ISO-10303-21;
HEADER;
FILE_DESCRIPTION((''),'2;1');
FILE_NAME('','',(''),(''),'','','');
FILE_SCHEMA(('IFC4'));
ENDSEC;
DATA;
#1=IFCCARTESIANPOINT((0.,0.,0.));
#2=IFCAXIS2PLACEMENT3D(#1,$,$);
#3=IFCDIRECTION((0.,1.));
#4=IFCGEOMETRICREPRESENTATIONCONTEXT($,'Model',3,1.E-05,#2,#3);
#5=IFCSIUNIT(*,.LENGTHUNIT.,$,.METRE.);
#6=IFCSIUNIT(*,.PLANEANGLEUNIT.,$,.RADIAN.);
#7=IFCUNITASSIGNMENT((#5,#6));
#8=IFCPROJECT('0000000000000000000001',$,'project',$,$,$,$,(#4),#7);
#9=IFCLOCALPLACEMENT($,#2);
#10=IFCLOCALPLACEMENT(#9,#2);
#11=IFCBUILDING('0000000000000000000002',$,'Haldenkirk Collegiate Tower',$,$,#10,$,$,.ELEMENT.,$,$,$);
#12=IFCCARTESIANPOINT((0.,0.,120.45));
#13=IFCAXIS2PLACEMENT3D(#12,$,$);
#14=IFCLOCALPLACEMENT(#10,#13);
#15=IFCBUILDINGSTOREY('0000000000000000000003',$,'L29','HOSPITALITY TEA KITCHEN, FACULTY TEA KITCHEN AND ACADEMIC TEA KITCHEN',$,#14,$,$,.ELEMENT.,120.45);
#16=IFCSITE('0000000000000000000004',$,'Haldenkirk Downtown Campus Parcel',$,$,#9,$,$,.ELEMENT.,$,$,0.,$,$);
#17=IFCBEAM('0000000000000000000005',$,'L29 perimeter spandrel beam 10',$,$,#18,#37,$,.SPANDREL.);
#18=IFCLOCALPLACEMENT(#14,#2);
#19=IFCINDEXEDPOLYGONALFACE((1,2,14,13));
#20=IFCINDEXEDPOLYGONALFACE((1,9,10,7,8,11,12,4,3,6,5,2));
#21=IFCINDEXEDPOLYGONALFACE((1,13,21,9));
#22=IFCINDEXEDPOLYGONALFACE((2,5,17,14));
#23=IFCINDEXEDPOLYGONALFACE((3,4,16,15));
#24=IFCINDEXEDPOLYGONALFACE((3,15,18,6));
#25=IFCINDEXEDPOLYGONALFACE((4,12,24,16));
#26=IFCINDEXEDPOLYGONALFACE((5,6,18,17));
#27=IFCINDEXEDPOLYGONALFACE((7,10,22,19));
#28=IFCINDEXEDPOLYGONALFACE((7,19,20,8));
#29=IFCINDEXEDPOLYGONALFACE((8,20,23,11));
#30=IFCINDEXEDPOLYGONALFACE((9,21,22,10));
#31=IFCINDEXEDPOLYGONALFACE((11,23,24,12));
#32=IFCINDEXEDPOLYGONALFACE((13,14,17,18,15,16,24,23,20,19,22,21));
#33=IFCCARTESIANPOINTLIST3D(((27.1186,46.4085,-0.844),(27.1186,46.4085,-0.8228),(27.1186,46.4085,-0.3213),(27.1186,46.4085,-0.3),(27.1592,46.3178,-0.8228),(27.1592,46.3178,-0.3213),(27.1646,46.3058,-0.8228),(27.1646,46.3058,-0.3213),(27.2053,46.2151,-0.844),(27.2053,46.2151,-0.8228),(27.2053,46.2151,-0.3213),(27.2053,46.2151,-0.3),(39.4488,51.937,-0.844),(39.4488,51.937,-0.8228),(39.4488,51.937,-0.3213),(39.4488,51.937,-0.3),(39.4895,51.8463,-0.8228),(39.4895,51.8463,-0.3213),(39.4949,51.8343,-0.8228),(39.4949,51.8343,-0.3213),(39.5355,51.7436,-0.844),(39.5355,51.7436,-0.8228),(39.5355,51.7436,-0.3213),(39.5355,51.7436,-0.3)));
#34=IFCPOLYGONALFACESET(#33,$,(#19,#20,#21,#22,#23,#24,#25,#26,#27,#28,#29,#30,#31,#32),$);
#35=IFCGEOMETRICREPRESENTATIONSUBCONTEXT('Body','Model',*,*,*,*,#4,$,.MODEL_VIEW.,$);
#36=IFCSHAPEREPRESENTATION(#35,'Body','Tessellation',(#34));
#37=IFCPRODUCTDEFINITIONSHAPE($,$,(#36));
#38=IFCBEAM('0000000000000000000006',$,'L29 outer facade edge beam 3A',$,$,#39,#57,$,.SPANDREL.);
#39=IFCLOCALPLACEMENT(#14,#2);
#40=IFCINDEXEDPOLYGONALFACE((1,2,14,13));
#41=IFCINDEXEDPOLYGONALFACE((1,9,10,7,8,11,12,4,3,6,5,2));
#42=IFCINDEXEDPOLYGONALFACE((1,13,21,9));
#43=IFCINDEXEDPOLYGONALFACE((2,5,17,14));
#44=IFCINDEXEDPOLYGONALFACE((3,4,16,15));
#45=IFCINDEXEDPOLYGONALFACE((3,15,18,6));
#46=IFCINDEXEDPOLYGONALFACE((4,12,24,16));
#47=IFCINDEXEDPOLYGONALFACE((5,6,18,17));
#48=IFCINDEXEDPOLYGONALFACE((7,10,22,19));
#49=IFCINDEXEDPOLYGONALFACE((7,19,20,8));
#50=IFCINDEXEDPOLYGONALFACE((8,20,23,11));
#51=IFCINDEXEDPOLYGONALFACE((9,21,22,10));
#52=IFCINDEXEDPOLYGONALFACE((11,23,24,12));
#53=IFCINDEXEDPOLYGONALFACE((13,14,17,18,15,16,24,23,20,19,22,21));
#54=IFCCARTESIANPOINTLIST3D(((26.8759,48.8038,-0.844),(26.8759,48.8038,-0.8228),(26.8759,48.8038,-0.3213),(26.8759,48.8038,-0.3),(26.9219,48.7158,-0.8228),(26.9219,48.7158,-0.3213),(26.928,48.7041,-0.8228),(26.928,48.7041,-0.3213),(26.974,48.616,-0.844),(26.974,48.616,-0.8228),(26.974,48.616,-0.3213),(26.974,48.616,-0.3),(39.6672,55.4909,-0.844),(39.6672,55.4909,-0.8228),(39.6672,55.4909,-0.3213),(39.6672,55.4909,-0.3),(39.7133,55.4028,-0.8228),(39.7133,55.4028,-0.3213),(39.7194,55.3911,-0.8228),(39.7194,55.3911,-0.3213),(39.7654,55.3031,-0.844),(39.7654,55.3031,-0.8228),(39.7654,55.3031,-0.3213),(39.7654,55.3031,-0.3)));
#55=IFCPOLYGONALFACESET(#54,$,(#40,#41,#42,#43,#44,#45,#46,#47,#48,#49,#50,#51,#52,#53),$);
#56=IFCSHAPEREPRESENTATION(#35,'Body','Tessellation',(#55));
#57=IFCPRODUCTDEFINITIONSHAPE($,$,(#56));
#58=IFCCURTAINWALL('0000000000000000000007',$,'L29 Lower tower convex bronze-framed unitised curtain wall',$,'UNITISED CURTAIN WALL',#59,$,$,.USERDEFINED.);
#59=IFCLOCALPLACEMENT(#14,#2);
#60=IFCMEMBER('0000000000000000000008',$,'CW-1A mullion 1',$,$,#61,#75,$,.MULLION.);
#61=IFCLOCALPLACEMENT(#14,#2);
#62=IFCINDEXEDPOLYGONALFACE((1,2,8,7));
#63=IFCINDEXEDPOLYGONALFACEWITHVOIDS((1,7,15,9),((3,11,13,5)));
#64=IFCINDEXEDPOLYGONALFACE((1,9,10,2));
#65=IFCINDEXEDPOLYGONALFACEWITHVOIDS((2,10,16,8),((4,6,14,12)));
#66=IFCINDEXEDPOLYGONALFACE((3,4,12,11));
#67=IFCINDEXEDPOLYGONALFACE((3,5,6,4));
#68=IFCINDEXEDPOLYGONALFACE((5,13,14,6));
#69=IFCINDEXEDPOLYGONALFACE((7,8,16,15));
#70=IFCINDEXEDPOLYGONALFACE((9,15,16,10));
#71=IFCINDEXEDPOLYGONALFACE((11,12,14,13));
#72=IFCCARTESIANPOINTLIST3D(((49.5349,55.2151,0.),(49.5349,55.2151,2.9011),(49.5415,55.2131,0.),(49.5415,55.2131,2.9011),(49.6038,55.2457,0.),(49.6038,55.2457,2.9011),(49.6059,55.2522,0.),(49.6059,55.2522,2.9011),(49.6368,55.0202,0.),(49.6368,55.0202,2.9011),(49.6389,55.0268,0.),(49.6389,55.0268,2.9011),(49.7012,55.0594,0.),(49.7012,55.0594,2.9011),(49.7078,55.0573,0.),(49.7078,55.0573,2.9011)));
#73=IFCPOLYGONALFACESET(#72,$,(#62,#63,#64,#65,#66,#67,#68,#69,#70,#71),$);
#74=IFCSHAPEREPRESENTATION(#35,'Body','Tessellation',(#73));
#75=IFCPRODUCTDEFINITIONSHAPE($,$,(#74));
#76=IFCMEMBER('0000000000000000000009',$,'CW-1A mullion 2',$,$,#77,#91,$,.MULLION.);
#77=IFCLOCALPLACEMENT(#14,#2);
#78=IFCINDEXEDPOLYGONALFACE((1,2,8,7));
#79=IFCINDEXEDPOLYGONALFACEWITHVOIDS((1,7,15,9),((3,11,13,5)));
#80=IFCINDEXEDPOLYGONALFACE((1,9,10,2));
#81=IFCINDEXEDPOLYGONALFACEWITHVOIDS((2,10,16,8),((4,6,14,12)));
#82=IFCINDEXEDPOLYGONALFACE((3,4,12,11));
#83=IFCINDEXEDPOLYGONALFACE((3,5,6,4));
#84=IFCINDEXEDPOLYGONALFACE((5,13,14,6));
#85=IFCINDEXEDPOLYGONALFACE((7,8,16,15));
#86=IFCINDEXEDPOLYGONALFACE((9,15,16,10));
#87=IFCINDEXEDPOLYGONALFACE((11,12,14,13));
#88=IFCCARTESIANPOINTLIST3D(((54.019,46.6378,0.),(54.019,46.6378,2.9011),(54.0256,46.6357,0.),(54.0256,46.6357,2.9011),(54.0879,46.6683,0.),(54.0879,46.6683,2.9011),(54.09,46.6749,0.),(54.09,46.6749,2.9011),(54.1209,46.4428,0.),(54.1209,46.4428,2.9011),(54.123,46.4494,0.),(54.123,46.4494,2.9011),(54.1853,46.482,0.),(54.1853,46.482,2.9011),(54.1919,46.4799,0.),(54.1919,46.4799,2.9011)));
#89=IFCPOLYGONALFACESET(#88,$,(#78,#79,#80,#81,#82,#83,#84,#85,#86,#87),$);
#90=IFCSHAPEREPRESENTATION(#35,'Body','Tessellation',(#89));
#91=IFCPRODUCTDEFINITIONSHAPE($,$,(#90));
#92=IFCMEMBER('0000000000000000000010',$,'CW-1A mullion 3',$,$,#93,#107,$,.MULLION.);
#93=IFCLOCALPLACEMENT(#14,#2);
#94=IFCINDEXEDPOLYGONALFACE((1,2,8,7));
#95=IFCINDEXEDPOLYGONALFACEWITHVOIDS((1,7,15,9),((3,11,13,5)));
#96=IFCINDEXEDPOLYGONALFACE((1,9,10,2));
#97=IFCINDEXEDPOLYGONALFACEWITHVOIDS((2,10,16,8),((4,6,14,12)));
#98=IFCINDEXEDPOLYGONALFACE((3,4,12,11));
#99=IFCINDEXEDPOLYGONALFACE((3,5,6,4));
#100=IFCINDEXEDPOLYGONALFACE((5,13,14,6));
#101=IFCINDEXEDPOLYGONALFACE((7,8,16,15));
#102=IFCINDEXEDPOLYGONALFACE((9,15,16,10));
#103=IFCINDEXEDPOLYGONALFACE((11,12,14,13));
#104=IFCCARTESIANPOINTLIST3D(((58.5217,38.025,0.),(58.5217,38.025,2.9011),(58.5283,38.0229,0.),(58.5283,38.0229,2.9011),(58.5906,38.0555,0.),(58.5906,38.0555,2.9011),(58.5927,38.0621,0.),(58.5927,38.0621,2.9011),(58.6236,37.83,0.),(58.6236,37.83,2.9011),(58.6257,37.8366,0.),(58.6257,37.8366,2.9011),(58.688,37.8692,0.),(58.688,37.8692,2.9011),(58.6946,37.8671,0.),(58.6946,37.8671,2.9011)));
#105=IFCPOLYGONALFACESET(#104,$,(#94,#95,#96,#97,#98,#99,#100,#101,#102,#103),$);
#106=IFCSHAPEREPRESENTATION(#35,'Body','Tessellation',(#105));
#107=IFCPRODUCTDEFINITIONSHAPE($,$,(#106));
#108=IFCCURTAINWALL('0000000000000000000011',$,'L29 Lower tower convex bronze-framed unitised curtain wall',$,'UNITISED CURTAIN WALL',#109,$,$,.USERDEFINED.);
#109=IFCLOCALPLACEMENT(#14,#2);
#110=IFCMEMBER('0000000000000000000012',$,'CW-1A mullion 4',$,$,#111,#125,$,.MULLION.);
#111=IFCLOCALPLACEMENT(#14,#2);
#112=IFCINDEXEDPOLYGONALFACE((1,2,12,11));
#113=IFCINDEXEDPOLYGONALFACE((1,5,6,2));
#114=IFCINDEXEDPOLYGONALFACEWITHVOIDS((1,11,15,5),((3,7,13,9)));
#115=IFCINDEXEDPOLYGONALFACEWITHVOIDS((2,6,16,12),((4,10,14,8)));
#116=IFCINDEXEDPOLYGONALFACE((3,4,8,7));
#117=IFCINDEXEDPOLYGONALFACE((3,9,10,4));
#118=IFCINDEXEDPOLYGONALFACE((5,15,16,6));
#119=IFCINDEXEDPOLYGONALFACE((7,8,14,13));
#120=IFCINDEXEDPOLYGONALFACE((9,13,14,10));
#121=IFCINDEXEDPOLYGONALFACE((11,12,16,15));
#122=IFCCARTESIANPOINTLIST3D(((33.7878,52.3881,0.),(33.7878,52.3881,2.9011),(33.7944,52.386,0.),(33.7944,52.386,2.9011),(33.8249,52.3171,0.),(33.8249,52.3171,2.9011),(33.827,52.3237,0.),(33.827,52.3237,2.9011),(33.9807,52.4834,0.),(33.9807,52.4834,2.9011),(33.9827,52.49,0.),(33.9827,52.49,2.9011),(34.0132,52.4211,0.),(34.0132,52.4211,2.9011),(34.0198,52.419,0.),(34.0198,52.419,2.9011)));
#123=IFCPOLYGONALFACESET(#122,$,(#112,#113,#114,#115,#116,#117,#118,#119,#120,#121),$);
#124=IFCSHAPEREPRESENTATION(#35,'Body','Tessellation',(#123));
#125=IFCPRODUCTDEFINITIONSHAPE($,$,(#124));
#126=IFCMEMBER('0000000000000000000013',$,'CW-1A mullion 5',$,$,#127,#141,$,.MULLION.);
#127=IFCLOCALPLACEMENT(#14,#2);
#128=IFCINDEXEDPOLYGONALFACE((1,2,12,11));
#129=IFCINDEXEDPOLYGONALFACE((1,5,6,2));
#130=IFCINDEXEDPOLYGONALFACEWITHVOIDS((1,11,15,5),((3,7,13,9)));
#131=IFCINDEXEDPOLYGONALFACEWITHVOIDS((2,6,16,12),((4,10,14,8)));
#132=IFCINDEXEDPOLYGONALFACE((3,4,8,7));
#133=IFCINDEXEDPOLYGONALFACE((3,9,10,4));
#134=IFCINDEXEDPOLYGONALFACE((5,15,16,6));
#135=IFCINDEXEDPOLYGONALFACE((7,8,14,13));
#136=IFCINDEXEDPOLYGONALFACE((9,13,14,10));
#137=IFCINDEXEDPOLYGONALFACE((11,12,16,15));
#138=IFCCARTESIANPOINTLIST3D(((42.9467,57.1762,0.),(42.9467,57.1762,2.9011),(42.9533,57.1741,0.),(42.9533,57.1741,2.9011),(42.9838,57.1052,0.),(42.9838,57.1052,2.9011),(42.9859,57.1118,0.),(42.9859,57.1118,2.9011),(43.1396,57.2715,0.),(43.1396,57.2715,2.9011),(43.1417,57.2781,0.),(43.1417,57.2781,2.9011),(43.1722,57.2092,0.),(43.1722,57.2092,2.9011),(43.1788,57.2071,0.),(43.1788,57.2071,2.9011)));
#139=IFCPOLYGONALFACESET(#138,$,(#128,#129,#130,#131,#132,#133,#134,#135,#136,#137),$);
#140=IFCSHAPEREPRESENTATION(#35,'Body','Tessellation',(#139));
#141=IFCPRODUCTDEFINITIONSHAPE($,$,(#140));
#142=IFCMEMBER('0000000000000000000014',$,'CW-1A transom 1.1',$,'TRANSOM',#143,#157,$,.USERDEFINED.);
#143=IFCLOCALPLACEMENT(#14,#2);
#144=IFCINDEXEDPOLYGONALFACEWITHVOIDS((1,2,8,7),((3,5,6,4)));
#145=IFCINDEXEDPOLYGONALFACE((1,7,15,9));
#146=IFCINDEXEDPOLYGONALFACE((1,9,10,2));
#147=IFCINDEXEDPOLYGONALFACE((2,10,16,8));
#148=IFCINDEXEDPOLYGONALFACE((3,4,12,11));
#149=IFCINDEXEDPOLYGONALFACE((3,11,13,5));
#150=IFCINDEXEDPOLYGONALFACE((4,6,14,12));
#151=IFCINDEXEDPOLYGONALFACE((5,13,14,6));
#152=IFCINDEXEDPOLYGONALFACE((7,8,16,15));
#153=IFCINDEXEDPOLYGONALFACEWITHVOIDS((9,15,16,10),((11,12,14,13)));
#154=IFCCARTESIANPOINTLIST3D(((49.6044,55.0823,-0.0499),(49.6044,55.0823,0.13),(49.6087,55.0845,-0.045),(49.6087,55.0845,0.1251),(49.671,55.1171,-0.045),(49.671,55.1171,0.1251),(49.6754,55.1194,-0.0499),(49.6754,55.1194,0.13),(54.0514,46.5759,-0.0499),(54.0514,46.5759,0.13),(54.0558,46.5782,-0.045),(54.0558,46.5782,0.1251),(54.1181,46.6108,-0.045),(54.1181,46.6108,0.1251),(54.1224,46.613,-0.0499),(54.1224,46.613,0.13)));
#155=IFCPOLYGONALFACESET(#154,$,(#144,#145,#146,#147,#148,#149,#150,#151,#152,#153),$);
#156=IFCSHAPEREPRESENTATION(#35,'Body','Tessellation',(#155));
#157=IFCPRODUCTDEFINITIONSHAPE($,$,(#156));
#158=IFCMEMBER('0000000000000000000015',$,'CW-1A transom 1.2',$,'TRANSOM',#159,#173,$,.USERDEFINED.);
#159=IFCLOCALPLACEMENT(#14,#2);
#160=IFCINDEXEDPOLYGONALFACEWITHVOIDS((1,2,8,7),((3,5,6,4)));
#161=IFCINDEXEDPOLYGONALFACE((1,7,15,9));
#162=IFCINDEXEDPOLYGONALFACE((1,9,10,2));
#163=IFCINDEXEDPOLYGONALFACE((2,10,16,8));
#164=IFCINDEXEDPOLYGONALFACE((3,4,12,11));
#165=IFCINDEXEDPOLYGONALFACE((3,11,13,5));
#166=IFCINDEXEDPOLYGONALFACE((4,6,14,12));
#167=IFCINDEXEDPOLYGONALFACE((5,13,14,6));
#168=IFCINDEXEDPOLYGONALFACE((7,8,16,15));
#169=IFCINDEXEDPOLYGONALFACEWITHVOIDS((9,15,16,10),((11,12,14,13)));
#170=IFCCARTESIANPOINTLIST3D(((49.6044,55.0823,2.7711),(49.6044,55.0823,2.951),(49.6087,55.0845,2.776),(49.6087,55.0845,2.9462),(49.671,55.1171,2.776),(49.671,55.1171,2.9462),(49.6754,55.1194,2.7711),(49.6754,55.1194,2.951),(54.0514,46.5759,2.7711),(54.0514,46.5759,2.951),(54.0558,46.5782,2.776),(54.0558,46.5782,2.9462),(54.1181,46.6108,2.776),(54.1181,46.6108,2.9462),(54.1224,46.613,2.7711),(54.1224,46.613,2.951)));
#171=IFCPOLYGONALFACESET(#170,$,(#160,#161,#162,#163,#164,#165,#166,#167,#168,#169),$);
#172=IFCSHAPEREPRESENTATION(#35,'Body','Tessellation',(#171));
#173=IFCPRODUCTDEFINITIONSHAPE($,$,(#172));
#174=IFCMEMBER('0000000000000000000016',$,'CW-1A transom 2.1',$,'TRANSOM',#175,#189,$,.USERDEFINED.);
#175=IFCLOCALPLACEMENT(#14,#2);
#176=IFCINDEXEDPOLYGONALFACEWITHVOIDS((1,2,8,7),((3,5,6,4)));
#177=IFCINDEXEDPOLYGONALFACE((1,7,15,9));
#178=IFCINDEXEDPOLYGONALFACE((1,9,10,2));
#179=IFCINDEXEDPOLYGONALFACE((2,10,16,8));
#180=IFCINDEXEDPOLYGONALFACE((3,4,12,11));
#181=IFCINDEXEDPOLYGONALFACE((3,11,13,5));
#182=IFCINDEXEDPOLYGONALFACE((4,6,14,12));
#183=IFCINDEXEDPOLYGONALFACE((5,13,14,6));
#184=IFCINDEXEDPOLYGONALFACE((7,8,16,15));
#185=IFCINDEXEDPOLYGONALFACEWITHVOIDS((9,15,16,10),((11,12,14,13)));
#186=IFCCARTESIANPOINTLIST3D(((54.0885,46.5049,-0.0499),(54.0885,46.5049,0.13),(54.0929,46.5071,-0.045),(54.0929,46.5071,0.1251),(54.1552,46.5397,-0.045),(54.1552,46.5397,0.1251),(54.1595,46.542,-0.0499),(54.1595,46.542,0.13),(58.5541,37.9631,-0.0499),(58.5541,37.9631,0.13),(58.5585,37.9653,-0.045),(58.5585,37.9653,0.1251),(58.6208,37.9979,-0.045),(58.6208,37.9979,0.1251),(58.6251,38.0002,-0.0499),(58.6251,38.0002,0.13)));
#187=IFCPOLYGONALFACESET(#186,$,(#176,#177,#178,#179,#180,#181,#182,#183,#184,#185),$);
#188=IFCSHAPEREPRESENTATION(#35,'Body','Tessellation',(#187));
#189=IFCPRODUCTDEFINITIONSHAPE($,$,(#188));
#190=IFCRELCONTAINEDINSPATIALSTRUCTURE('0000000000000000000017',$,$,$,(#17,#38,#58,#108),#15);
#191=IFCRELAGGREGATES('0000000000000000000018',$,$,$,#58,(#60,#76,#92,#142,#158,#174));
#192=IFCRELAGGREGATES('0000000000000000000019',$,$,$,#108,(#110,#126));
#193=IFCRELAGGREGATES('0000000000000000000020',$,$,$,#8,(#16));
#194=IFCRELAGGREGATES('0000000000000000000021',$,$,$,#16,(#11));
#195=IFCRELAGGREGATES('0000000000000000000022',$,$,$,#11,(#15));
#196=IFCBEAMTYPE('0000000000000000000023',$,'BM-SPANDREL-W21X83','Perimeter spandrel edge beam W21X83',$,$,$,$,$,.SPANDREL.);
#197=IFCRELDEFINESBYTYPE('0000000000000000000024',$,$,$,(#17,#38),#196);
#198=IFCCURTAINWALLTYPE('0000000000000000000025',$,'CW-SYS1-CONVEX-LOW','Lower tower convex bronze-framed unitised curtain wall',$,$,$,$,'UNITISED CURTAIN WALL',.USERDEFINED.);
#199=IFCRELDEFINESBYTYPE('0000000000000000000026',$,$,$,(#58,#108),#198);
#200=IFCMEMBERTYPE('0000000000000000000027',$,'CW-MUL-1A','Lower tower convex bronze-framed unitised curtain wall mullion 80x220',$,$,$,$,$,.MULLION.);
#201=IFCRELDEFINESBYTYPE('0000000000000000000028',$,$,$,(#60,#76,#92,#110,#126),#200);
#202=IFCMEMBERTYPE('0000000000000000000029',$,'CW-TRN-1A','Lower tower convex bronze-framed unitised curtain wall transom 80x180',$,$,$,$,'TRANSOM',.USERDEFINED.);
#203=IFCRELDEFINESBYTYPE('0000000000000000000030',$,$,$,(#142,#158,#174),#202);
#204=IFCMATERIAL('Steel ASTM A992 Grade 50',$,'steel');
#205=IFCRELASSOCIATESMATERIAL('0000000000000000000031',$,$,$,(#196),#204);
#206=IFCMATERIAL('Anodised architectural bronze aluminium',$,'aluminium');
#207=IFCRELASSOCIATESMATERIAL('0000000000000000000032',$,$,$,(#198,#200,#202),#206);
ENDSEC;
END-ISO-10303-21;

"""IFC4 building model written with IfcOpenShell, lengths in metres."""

from ifc_helpers import new_model, si_unit, direction, frame, origin, origin_2d, place, context, subcontext, project, spatial, hollow_rectangle, i_section, extrude, material, material_profile, profile_set, type_object, element, aggregate, save


model = new_model("IFC4")

# Units and contexts
model_context = context("Model", 3, precision=1e-05, world=origin(), true_north=direction((0.0, 1.0)))
body_context = subcontext(model_context, "Body", "Model", "MODEL_VIEW")
ifc_project = project(units=[si_unit("LENGTHUNIT", "METRE"), si_unit("PLANEANGLEUNIT", "RADIAN")], contexts=[model_context])

# Site, building, storey
site_placement = place(None, origin())
site = spatial("IfcSite", under=ifc_project, at=site_placement, Name="Haldenkirk Downtown Campus Parcel", CompositionType="ELEMENT", RefElevation=0.0)
building_placement = place(site_placement, origin())
building = spatial("IfcBuilding", under=site, at=building_placement, Name="Haldenkirk Collegiate Tower", CompositionType="ELEMENT")
storey_placement = place(building_placement, frame((0.0, 0.0, 120.45)))
storey = spatial("IfcBuildingStorey", under=building, at=storey_placement, Name="L29", Description="HOSPITALITY TEA KITCHEN, FACULTY TEA KITCHEN AND ACADEMIC TEA KITCHEN", CompositionType="ELEMENT", Elevation=120.45)

# Beams
ifc_material_1 = material(Name="Steel ASTM A992 Grade 50", Category="steel")
ifc_material_profile_1 = material_profile(ifc_material_1, i_section(OverallWidth=0.2119, OverallDepth=0.5439, WebThickness=0.0132, FlangeThickness=0.0212, at=origin_2d()), Name="W21X83")
ifc_profile_set_1 = profile_set([ifc_material_profile_1], Name="Steel ASTM A992 Grade 50")
beam_type_1 = type_object("IfcBeamType", Name="BM-SPANDREL-W21X83", Description="Perimeter spandrel edge beam W21X83", PredefinedType="SPANDREL", material=ifc_profile_set_1)
beam_1_placement = place(storey_placement, frame((39.4922, 51.8403, -0.572), z_axis=(-0.912477, -0.409129, 0.0), x_axis=(0.409129, -0.912477, 0.0)))
element("IfcBeam", 1, at=beam_1_placement, inside=storey, type_object=beam_type_1, Name="L29 perimeter spandrel beam 10", PredefinedType="SPANDREL", context=body_context, shape_type="SweptSolid", body=[
    extrude(i_section(OverallWidth=0.2119, OverallDepth=0.5439, WebThickness=0.0132, FlangeThickness=0.0212, at=origin_2d()), origin(), (0.0, 0.0, 1.0), 13.5129),
])
beam_2_placement = place(storey_placement, frame((39.7163, 55.397, -0.572), z_axis=(-0.886206, -0.463291, 0.0), x_axis=(0.463291, -0.886206, 0.0)))
element("IfcBeam", 2, at=beam_2_placement, inside=storey, type_object=beam_type_1, Name="L29 outer facade edge beam 3A", PredefinedType="SPANDREL", context=body_context, shape_type="SweptSolid", body=[
    extrude(i_section(OverallWidth=0.2119, OverallDepth=0.5439, WebThickness=0.0132, FlangeThickness=0.0212, at=origin_2d()), origin(), (0.0, 0.0, 1.0), 14.4338),
])

# Curtain walls, members
ifc_material_2 = material(Name="Anodised architectural bronze aluminium", Category="aluminium")
curtain_wall_type = type_object("IfcCurtainWallType", Name="CW-SYS1-CONVEX-LOW", Description="Lower tower convex bronze-framed unitised curtain wall", ElementType="UNITISED CURTAIN WALL", PredefinedType="USERDEFINED", material=ifc_material_2)
curtain_wall_1_placement = place(storey_placement, origin())
curtain_wall_1 = element("IfcCurtainWall", 3, at=curtain_wall_1_placement, inside=storey, type_object=curtain_wall_type, Name="L29 Lower tower convex bronze-framed unitised curtain wall", ObjectType="UNITISED CURTAIN WALL", PredefinedType="USERDEFINED")
ifc_material_profile_2 = material_profile(ifc_material_2, hollow_rectangle(XDim=0.0801, YDim=0.22, WallThickness=0.0049, at=origin_2d()), Name="CW-MUL-1A")
ifc_profile_set_2 = profile_set([ifc_material_profile_2], Name="Anodised architectural bronze aluminium")
member_type_1 = type_object("IfcMemberType", Name="CW-MUL-1A", Description="Lower tower convex bronze-framed unitised curtain wall mullion 80x220", PredefinedType="MULLION", material=ifc_profile_set_2)
member_1_placement = place(storey_placement, frame((49.6213, 55.1362, 0.0), z_axis=(0.0, 0.0, 1.0), x_axis=(0.886204, 0.463296, 0.0)))
member_1 = element("IfcMember", 4, at=member_1_placement, type_object=member_type_1, Name="CW-1A mullion 1", PredefinedType="MULLION", context=body_context, shape_type="SweptSolid", body=[
    extrude(hollow_rectangle(XDim=0.0801, YDim=0.22, WallThickness=0.0049, at=origin_2d()), origin(), (0.0, 0.0, 1.0), 2.9011),
])
member_2_placement = place(storey_placement, frame((54.1055, 46.5588, 0.0), z_axis=(0.0, 0.0, 1.0), x_axis=(0.886204, 0.463296, 0.0)))
member_2 = element("IfcMember", 5, at=member_2_placement, type_object=member_type_1, Name="CW-1A mullion 2", PredefinedType="MULLION", context=body_context, shape_type="SweptSolid", body=[
    extrude(hollow_rectangle(XDim=0.0801, YDim=0.22, WallThickness=0.0049, at=origin_2d()), origin(), (0.0, 0.0, 1.0), 2.9011),
])
member_3_placement = place(storey_placement, frame((58.6082, 37.946, 0.0), z_axis=(0.0, 0.0, 1.0), x_axis=(0.886204, 0.463296, 0.0)))
member_3 = element("IfcMember", 6, at=member_3_placement, type_object=member_type_1, Name="CW-1A mullion 3", PredefinedType="MULLION", context=body_context, shape_type="SweptSolid", body=[
    extrude(hollow_rectangle(XDim=0.0801, YDim=0.22, WallThickness=0.0049, at=origin_2d()), origin(), (0.0, 0.0, 1.0), 2.9011),
])
curtain_wall_2_placement = place(storey_placement, origin())
curtain_wall_2 = element("IfcCurtainWall", 7, at=curtain_wall_2_placement, inside=storey, type_object=curtain_wall_type, Name="L29 Lower tower convex bronze-framed unitised curtain wall", ObjectType="UNITISED CURTAIN WALL", PredefinedType="USERDEFINED")
member_4_placement = place(storey_placement, frame((33.9038, 52.4036, 0.0), z_axis=(0.0, 0.0, 1.0), x_axis=(-0.463297, 0.886203, 0.0)))
member_4 = element("IfcMember", 8, at=member_4_placement, type_object=member_type_1, Name="CW-1A mullion 4", PredefinedType="MULLION", context=body_context, shape_type="SweptSolid", body=[
    extrude(hollow_rectangle(XDim=0.0801, YDim=0.22, WallThickness=0.0049, at=origin_2d()), origin(), (0.0, 0.0, 1.0), 2.9011),
])
member_5_placement = place(storey_placement, frame((43.0627, 57.1917, 0.0), z_axis=(0.0, 0.0, 1.0), x_axis=(-0.463297, 0.886203, 0.0)))
member_5 = element("IfcMember", 9, at=member_5_placement, type_object=member_type_1, Name="CW-1A mullion 5", PredefinedType="MULLION", context=body_context, shape_type="SweptSolid", body=[
    extrude(hollow_rectangle(XDim=0.0801, YDim=0.22, WallThickness=0.0049, at=origin_2d()), origin(), (0.0, 0.0, 1.0), 2.9011),
])

# Members
ifc_material_profile_3 = material_profile(ifc_material_2, hollow_rectangle(XDim=0.0801, YDim=0.1799, WallThickness=0.0049, at=origin_2d()), Name="CW-TRN-1A")
ifc_profile_set_3 = profile_set([ifc_material_profile_3], Name="Anodised architectural bronze aluminium")
member_type_2 = type_object("IfcMemberType", Name="CW-TRN-1A", Description="Lower tower convex bronze-framed unitised curtain wall transom 80x180", ElementType="TRANSOM", PredefinedType="USERDEFINED", material=ifc_profile_set_3)
member_6_placement = place(storey_placement, frame((49.6399, 55.1008, 0.04), z_axis=(0.463297, -0.886203, 0.0), x_axis=(0.886203, 0.463297, 0.0)))
member_6 = element("IfcMember", 10, at=member_6_placement, type_object=member_type_2, Name="CW-1A transom 1.1", ObjectType="TRANSOM", PredefinedType="USERDEFINED", context=body_context, shape_type="SweptSolid", body=[
    extrude(hollow_rectangle(XDim=0.0801, YDim=0.1799, WallThickness=0.0049, at=origin_2d()), origin(), (0.0, 0.0, 1.0), 9.5986),
])
member_7_placement = place(storey_placement, frame((49.6399, 55.1008, 2.8611), z_axis=(0.463297, -0.886203, 0.0), x_axis=(0.886203, 0.463297, 0.0)))
member_7 = element("IfcMember", 11, at=member_7_placement, type_object=member_type_2, Name="CW-1A transom 1.2", ObjectType="TRANSOM", PredefinedType="USERDEFINED", context=body_context, shape_type="SweptSolid", body=[
    extrude(hollow_rectangle(XDim=0.0801, YDim=0.1799, WallThickness=0.0049, at=origin_2d()), origin(), (0.0, 0.0, 1.0), 9.5986),
])
member_8_placement = place(storey_placement, frame((54.124, 46.5234, 0.04), z_axis=(0.463301, -0.886201, 0.0), x_axis=(0.886201, 0.463301, 0.0)))
member_8 = element("IfcMember", 12, at=member_8_placement, type_object=member_type_2, Name="CW-1A transom 2.1", ObjectType="TRANSOM", PredefinedType="USERDEFINED", context=body_context, shape_type="SweptSolid", body=[
    extrude(hollow_rectangle(XDim=0.0801, YDim=0.1799, WallThickness=0.0049, at=origin_2d()), origin(), (0.0, 0.0, 1.0), 9.6387),
])

aggregate(curtain_wall_1, [member_1, member_2, member_3, member_6, member_7, member_8])
aggregate(curtain_wall_2, [member_4, member_5])

save(model, "model.ifc")
